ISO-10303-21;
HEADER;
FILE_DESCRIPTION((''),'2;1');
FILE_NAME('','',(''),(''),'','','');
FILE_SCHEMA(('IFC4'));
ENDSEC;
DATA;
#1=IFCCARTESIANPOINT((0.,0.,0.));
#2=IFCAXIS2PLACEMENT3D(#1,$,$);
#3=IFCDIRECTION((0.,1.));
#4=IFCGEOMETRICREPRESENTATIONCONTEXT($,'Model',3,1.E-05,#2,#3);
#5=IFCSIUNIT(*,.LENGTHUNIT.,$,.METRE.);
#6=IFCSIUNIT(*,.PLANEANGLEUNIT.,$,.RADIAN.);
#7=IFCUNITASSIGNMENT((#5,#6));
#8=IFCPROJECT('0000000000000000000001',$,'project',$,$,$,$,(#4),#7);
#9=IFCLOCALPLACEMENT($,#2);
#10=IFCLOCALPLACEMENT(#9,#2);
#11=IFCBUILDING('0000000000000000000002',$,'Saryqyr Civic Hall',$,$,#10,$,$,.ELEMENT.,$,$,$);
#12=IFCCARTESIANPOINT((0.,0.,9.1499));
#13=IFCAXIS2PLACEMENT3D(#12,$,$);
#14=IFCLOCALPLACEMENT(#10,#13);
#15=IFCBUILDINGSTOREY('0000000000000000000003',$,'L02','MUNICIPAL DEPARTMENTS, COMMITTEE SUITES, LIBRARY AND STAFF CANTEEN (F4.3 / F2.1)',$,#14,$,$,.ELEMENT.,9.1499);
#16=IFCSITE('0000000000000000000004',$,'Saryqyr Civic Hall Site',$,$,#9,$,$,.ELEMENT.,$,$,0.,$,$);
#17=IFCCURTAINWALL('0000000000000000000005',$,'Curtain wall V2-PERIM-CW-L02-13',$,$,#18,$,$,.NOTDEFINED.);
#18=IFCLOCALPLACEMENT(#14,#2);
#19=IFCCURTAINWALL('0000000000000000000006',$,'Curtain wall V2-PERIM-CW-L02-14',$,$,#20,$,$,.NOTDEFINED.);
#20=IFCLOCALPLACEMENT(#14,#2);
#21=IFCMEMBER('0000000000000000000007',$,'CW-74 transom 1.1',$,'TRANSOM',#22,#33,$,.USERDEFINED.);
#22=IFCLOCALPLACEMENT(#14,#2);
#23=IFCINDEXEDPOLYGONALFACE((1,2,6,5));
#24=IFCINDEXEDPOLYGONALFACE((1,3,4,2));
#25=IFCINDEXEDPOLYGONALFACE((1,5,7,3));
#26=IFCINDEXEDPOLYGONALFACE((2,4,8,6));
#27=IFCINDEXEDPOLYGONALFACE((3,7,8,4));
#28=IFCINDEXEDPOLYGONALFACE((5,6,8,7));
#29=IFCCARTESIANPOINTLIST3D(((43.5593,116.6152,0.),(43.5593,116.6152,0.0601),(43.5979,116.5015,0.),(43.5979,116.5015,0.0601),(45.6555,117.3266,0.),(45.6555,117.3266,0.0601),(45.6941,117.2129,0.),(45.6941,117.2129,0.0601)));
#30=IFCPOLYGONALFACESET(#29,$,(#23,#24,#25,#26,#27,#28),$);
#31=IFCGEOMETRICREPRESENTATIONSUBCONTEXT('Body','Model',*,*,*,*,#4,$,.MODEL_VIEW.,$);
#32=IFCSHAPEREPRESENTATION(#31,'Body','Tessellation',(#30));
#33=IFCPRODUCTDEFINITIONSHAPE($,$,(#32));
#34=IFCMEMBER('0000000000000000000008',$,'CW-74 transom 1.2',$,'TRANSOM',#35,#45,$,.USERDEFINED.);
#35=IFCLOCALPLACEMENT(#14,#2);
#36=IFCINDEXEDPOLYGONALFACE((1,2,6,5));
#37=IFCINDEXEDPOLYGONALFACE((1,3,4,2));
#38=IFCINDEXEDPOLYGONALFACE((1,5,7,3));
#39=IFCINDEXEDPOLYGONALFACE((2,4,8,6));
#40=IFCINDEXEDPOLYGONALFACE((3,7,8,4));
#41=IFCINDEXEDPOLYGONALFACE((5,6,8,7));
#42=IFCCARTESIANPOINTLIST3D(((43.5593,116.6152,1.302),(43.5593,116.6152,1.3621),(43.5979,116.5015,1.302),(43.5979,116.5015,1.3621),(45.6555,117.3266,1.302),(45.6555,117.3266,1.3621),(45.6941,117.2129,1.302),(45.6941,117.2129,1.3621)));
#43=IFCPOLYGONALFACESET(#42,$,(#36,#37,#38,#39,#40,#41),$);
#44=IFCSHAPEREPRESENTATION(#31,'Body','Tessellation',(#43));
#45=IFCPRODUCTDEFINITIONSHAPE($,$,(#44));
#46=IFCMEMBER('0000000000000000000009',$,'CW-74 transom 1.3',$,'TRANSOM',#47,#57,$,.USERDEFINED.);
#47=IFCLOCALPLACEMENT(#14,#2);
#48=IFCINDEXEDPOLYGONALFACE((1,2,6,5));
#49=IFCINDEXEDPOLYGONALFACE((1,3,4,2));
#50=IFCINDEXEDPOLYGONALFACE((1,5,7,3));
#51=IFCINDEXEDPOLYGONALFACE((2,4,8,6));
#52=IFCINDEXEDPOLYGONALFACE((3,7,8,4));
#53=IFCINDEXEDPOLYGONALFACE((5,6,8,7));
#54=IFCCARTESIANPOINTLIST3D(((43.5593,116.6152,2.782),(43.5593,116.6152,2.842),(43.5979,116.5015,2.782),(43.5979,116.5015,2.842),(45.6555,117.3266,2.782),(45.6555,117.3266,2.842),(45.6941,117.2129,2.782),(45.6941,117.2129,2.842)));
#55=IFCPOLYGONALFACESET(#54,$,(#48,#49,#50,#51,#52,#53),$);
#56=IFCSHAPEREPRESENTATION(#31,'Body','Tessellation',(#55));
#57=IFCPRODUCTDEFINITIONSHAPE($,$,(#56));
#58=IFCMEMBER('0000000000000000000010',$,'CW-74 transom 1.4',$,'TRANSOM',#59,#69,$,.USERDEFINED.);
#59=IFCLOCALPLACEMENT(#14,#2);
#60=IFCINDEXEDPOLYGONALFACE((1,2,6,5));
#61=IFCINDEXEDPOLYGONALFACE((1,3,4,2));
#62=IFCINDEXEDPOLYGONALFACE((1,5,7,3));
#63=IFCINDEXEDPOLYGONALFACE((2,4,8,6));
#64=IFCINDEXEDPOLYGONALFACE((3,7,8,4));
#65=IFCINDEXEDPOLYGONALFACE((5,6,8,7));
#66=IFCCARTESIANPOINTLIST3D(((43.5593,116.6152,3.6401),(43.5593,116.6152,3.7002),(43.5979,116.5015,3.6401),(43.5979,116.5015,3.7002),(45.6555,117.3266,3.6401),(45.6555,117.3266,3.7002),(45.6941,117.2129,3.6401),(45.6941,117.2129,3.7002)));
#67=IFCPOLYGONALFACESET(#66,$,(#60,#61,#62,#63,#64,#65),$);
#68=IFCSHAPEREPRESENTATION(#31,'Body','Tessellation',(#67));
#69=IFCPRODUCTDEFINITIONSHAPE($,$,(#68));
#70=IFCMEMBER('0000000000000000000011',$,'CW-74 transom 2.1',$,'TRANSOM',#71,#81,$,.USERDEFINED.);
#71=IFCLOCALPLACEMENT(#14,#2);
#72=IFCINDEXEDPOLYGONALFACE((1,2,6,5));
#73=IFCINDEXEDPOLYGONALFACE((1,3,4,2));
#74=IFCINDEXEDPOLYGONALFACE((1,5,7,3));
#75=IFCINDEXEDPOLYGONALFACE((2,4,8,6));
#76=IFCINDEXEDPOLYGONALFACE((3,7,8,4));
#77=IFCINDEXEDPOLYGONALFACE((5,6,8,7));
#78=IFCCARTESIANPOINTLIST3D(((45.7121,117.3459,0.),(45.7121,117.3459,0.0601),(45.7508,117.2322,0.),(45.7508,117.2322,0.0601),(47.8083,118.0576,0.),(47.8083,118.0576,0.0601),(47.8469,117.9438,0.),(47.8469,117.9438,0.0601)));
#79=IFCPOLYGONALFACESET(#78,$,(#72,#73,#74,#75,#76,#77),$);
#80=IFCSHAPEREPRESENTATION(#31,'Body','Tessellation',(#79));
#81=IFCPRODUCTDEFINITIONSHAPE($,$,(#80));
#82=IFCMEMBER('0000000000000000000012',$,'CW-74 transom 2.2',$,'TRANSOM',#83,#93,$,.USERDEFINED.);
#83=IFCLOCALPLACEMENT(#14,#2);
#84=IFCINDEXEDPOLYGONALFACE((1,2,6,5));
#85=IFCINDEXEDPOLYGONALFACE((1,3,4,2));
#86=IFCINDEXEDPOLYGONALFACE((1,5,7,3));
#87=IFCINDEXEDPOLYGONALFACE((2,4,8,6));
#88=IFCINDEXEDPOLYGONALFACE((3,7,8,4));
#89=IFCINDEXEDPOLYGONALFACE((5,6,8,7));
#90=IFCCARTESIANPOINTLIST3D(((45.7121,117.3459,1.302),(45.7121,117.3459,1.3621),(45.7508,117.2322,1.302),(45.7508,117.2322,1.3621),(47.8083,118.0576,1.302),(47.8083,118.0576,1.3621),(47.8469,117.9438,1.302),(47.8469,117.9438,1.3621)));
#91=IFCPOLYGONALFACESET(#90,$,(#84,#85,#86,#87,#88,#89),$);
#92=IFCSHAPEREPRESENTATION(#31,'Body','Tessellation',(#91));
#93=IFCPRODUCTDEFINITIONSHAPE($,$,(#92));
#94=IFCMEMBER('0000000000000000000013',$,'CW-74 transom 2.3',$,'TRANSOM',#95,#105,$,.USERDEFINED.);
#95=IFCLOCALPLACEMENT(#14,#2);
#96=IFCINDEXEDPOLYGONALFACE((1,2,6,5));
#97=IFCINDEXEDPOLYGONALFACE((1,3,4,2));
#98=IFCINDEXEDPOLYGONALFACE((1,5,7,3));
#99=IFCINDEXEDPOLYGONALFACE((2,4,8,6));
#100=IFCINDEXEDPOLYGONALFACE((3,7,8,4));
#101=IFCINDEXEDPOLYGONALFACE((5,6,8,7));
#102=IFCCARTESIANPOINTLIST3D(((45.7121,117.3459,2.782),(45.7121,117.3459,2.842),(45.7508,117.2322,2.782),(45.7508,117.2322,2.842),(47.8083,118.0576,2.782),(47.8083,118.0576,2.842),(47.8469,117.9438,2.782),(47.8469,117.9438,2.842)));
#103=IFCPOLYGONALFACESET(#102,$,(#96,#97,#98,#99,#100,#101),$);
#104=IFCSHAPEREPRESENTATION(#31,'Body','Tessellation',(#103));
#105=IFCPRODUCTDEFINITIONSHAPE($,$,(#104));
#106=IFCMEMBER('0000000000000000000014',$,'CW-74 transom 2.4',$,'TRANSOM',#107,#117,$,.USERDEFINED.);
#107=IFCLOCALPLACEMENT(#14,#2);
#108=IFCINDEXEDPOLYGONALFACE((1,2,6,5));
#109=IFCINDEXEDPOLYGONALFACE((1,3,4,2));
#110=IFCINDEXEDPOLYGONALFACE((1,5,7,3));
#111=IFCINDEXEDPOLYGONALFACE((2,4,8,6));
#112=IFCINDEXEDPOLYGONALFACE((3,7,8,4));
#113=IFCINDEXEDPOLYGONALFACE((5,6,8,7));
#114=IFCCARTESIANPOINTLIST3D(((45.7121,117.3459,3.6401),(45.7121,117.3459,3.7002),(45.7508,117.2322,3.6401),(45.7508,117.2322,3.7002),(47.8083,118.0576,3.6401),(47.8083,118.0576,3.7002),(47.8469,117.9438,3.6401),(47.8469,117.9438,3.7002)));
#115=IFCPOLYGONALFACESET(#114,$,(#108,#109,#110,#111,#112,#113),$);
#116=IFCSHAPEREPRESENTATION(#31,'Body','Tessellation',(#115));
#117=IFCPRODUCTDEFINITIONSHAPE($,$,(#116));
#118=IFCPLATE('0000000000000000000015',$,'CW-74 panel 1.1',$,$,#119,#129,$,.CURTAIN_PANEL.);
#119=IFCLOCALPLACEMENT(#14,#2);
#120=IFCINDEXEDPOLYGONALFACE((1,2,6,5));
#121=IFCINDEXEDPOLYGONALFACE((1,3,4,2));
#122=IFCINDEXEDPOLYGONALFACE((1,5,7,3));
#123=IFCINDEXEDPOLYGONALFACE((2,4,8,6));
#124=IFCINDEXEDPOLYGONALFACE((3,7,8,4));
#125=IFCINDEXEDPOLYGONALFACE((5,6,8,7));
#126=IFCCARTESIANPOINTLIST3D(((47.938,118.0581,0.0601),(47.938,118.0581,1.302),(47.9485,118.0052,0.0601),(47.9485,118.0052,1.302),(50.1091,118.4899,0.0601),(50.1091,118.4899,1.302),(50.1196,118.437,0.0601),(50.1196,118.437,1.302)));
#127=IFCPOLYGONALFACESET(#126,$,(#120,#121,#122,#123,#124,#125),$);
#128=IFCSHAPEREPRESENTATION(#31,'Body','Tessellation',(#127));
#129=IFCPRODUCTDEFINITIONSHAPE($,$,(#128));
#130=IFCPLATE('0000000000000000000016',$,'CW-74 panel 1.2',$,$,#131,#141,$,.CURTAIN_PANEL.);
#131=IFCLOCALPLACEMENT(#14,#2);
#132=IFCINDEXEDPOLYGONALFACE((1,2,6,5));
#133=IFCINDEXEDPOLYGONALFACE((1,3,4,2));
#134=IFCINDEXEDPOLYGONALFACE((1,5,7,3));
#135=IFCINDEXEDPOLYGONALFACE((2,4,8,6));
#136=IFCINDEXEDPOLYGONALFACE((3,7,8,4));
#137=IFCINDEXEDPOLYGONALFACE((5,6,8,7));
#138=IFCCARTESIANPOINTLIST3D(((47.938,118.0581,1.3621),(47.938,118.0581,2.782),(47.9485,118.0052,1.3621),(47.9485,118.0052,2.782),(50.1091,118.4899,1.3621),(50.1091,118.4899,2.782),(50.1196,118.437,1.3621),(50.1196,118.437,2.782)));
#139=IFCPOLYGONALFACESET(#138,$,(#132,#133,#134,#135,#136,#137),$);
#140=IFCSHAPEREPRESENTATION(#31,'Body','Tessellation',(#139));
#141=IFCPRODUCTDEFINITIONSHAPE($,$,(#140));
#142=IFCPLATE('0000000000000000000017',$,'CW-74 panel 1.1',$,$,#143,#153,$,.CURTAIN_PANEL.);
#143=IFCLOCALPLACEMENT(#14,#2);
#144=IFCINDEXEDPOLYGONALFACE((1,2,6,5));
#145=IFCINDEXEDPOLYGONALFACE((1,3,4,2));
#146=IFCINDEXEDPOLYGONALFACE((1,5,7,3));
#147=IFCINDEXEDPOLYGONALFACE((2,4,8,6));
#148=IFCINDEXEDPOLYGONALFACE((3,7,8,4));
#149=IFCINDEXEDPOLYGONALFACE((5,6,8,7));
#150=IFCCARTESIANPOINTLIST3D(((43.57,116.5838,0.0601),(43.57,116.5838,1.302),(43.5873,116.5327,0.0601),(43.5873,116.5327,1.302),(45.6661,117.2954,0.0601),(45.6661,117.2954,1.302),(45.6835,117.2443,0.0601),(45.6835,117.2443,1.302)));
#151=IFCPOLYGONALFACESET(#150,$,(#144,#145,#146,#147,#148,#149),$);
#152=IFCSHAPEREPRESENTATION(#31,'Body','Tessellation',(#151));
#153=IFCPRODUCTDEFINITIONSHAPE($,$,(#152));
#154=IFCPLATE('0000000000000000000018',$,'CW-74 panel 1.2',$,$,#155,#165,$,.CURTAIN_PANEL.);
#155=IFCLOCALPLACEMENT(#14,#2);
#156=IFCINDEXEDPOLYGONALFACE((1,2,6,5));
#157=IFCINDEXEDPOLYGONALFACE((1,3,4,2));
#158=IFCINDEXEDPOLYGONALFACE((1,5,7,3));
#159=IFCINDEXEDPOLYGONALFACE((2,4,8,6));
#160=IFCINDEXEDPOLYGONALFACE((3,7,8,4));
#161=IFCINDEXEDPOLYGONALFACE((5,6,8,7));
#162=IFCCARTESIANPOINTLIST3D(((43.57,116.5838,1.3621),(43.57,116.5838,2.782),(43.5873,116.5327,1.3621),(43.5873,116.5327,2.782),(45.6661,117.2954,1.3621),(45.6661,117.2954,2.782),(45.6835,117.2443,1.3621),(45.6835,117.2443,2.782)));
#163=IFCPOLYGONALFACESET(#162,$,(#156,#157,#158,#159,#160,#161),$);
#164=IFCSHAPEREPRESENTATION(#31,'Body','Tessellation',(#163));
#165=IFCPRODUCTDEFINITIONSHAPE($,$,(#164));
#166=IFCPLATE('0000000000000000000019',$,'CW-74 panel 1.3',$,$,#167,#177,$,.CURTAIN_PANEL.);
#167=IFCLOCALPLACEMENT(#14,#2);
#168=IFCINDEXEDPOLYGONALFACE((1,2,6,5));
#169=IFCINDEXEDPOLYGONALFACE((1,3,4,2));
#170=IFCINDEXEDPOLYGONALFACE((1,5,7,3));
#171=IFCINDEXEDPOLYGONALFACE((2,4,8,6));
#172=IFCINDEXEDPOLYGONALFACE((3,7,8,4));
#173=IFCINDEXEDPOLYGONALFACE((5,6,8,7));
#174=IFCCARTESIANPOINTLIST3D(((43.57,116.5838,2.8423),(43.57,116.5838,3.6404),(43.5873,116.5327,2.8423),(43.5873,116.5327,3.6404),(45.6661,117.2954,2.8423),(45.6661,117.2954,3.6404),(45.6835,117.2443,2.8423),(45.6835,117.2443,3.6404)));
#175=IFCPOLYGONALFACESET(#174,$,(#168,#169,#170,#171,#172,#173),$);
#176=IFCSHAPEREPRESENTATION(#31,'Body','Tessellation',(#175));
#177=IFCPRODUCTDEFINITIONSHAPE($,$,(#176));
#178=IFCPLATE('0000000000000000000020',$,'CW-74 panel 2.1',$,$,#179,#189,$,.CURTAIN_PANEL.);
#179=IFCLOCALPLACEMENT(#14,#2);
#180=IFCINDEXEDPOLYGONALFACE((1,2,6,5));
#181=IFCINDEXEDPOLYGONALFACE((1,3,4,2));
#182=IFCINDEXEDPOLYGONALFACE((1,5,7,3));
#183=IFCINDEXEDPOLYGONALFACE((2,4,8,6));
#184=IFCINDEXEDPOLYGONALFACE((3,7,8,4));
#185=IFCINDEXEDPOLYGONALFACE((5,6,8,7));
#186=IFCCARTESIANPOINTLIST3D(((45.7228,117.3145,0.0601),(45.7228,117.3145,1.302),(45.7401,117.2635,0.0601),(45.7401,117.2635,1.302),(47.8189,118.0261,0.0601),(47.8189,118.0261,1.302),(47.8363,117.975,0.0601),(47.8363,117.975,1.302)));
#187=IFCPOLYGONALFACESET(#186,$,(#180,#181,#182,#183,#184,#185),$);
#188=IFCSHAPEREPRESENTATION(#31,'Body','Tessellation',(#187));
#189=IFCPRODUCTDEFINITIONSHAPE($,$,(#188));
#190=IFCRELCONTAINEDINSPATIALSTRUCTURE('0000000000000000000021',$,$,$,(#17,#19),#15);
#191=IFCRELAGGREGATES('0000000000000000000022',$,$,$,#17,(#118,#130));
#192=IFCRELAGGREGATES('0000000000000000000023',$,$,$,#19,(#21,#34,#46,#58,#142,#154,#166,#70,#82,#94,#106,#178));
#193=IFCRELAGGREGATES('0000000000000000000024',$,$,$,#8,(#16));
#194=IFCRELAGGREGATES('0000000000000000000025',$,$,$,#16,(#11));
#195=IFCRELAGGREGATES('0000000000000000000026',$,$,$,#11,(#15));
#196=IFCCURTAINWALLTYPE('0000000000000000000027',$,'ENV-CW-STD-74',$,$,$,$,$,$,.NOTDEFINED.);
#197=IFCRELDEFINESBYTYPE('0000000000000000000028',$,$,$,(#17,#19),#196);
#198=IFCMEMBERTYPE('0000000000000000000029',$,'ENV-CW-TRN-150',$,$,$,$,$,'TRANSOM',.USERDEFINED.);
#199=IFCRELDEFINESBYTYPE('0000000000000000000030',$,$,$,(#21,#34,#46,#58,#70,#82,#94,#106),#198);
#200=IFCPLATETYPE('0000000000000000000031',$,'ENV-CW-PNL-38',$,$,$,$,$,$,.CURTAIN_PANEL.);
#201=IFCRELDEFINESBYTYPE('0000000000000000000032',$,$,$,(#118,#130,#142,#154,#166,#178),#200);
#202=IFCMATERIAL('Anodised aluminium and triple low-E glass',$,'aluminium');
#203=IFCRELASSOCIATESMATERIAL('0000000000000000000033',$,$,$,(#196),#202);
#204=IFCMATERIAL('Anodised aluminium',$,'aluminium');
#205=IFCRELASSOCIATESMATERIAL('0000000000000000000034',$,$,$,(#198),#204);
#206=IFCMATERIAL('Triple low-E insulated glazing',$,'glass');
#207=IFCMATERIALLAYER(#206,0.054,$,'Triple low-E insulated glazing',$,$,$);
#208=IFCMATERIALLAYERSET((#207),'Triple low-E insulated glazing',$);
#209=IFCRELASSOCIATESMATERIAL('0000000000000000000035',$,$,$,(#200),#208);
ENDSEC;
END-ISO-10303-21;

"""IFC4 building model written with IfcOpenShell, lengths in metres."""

from ifc_helpers import new_model, si_unit, direction, frame, origin, origin_2d, place, context, subcontext, project, spatial, rectangle, extrude, material, layer, layer_set, material_profile, profile_set, type_object, element, aggregate, save


model = new_model("IFC4")

# Units and contexts
model_context = context("Model", 3, precision=1e-05, world=origin(), true_north=direction((0.0, 1.0)))
body_context = subcontext(model_context, "Body", "Model", "MODEL_VIEW")
ifc_project = project(units=[si_unit("LENGTHUNIT", "METRE"), si_unit("PLANEANGLEUNIT", "RADIAN")], contexts=[model_context])

# Site, building, storey
site_placement = place(None, origin())
site = spatial("IfcSite", under=ifc_project, at=site_placement, Name="Saryqyr Civic Hall Site", CompositionType="ELEMENT", RefElevation=0.0)
building_placement = place(site_placement, origin())
building = spatial("IfcBuilding", under=site, at=building_placement, Name="Saryqyr Civic Hall", CompositionType="ELEMENT")
storey_placement = place(building_placement, frame((0.0, 0.0, 9.1499)))
storey = spatial("IfcBuildingStorey", under=building, at=storey_placement, Name="L02", Description="MUNICIPAL DEPARTMENTS, COMMITTEE SUITES, LIBRARY AND STAFF CANTEEN (F4.3 / F2.1)", CompositionType="ELEMENT", Elevation=9.1499)

# Curtain wall
ifc_material_1 = material(Name="Anodised aluminium and triple low-E glass", Category="aluminium")
ifc_material_2 = material(Name="Anodised aluminium", Category="aluminium")
curtain_wall_type_1 = type_object("IfcCurtainWallType", Name="ENV-CW-STD-74", PredefinedType="NOTDEFINED", material=ifc_material_1)
curtain_wall_1_placement = place(storey_placement, origin())
curtain_wall_1 = element("IfcCurtainWall", 1, at=curtain_wall_1_placement, inside=storey, type_object=curtain_wall_type_1, Name="Curtain wall V2-PERIM-CW-L02-13", PredefinedType="NOTDEFINED")

# Curtain wall
curtain_wall_2_placement = place(storey_placement, origin())
curtain_wall_2 = element("IfcCurtainWall", 2, at=curtain_wall_2_placement, inside=storey, type_object=curtain_wall_type_1, Name="Curtain wall V2-PERIM-CW-L02-14", PredefinedType="NOTDEFINED")

# Members
ifc_material_profile_1 = material_profile(ifc_material_2, rectangle(XDim=0.1201, YDim=0.0601, at=origin_2d()), Name="ALU TRANSOM 120x60")
ifc_profile_set_1 = profile_set([ifc_material_profile_1], Name="Anodised aluminium")
member_type_1 = type_object("IfcMemberType", Name="ENV-CW-TRN-150", ElementType="TRANSOM", PredefinedType="USERDEFINED", material=ifc_profile_set_1)
member_1_placement = place(storey_placement, frame((43.5786, 116.5583, 0.03), z_axis=(0.946949, 0.321385, 0.0), x_axis=(-0.321385, 0.946949, 0.0)))
member_1 = element("IfcMember", 3, at=member_1_placement, type_object=member_type_1, Name="CW-74 transom 1.1", ObjectType="TRANSOM", PredefinedType="USERDEFINED", context=body_context, shape_type="SweptSolid", body=[
    extrude(rectangle(XDim=0.1201, YDim=0.0601, at=origin_2d()), origin(), (0.0, 0.0, 1.0), 2.2136),
])
member_2_placement = place(storey_placement, frame((43.5786, 116.5583, 1.332), z_axis=(0.946949, 0.321385, 0.0), x_axis=(-0.321385, 0.946949, 0.0)))
member_2 = element("IfcMember", 4, at=member_2_placement, type_object=member_type_1, Name="CW-74 transom 1.2", ObjectType="TRANSOM", PredefinedType="USERDEFINED", context=body_context, shape_type="SweptSolid", body=[
    extrude(rectangle(XDim=0.1201, YDim=0.0601, at=origin_2d()), origin(), (0.0, 0.0, 1.0), 2.2136),
])
member_3_placement = place(storey_placement, frame((43.5786, 116.5583, 2.812), z_axis=(0.946949, 0.321385, 0.0), x_axis=(-0.321385, 0.946949, 0.0)))
member_3 = element("IfcMember", 5, at=member_3_placement, type_object=member_type_1, Name="CW-74 transom 1.3", ObjectType="TRANSOM", PredefinedType="USERDEFINED", context=body_context, shape_type="SweptSolid", body=[
    extrude(rectangle(XDim=0.1201, YDim=0.0601, at=origin_2d()), origin(), (0.0, 0.0, 1.0), 2.2136),
])
member_4_placement = place(storey_placement, frame((43.5786, 116.5583, 3.6702), z_axis=(0.946949, 0.321385, 0.0), x_axis=(-0.321385, 0.946949, 0.0)))
member_4 = element("IfcMember", 6, at=member_4_placement, type_object=member_type_1, Name="CW-74 transom 1.4", ObjectType="TRANSOM", PredefinedType="USERDEFINED", context=body_context, shape_type="SweptSolid", body=[
    extrude(rectangle(XDim=0.1201, YDim=0.0601, at=origin_2d()), origin(), (0.0, 0.0, 1.0), 2.2136),
])
member_5_placement = place(storey_placement, frame((45.7314, 117.2891, 0.03), z_axis=(0.946915, 0.321484, 0.0), x_axis=(-0.321484, 0.946915, 0.0)))
member_5 = element("IfcMember", 7, at=member_5_placement, type_object=member_type_1, Name="CW-74 transom 2.1", ObjectType="TRANSOM", PredefinedType="USERDEFINED", context=body_context, shape_type="SweptSolid", body=[
    extrude(rectangle(XDim=0.1201, YDim=0.0601, at=origin_2d()), origin(), (0.0, 0.0, 1.0), 2.2136),
])
member_6_placement = place(storey_placement, frame((45.7314, 117.2891, 1.332), z_axis=(0.946915, 0.321484, 0.0), x_axis=(-0.321484, 0.946915, 0.0)))
member_6 = element("IfcMember", 8, at=member_6_placement, type_object=member_type_1, Name="CW-74 transom 2.2", ObjectType="TRANSOM", PredefinedType="USERDEFINED", context=body_context, shape_type="SweptSolid", body=[
    extrude(rectangle(XDim=0.1201, YDim=0.0601, at=origin_2d()), origin(), (0.0, 0.0, 1.0), 2.2136),
])
member_7_placement = place(storey_placement, frame((45.7314, 117.2891, 2.812), z_axis=(0.946915, 0.321484, 0.0), x_axis=(-0.321484, 0.946915, 0.0)))
member_7 = element("IfcMember", 9, at=member_7_placement, type_object=member_type_1, Name="CW-74 transom 2.3", ObjectType="TRANSOM", PredefinedType="USERDEFINED", context=body_context, shape_type="SweptSolid", body=[
    extrude(rectangle(XDim=0.1201, YDim=0.0601, at=origin_2d()), origin(), (0.0, 0.0, 1.0), 2.2136),
])
member_8_placement = place(storey_placement, frame((45.7314, 117.2891, 3.6702), z_axis=(0.946915, 0.321484, 0.0), x_axis=(-0.321484, 0.946915, 0.0)))
member_8 = element("IfcMember", 10, at=member_8_placement, type_object=member_type_1, Name="CW-74 transom 2.4", ObjectType="TRANSOM", PredefinedType="USERDEFINED", context=body_context, shape_type="SweptSolid", body=[
    extrude(rectangle(XDim=0.1201, YDim=0.0601, at=origin_2d()), origin(), (0.0, 0.0, 1.0), 2.2136),
])

# Plates
ifc_material_3 = material(Name="Triple low-E insulated glazing", Category="glass")
ifc_layer_1 = layer(ifc_material_3, 0.054, Name="Triple low-E insulated glazing")
ifc_layer_set_1 = layer_set([ifc_layer_1], Name="Triple low-E insulated glazing")
plate_type = type_object("IfcPlateType", Name="ENV-CW-PNL-38", PredefinedType="CURTAIN_PANEL", material=ifc_layer_set_1)
plate_1_placement = place(storey_placement, frame((49.0288, 118.2476, 0.0601), z_axis=(0.0, 0.0, 1.0), x_axis=(0.980785, 0.195093, 0.0)))
plate_1 = element("IfcPlate", 11, at=plate_1_placement, type_object=plate_type, Name="CW-74 panel 1.1", PredefinedType="CURTAIN_PANEL", context=body_context, shape_type="SweptSolid", body=[
    extrude(rectangle(XDim=2.2136, YDim=0.054, at=origin_2d()), origin(), (0.0, 0.0, 1.0), 1.2419),
])
plate_2_placement = place(storey_placement, frame((49.0288, 118.2476, 1.3621), z_axis=(0.0, 0.0, 1.0), x_axis=(0.980785, 0.195093, 0.0)))
plate_2 = element("IfcPlate", 12, at=plate_2_placement, type_object=plate_type, Name="CW-74 panel 1.2", PredefinedType="CURTAIN_PANEL", context=body_context, shape_type="SweptSolid", body=[
    extrude(rectangle(XDim=2.2136, YDim=0.054, at=origin_2d()), origin(), (0.0, 0.0, 1.0), 1.4199),
])
aggregate(curtain_wall_1, [plate_1, plate_2])
plate_3_placement = place(storey_placement, frame((44.6267, 116.9141, 0.0601), z_axis=(0.0, 0.0, 1.0), x_axis=(0.946928, 0.321445, 0.0)))
plate_3 = element("IfcPlate", 13, at=plate_3_placement, type_object=plate_type, Name="CW-74 panel 1.1", PredefinedType="CURTAIN_PANEL", context=body_context, shape_type="SweptSolid", body=[
    extrude(rectangle(XDim=2.2136, YDim=0.054, at=origin_2d()), origin(), (0.0, 0.0, 1.0), 1.2419),
])
plate_4_placement = place(storey_placement, frame((44.6267, 116.9141, 1.3621), z_axis=(0.0, 0.0, 1.0), x_axis=(0.946928, 0.321445, 0.0)))
plate_4 = element("IfcPlate", 14, at=plate_4_placement, type_object=plate_type, Name="CW-74 panel 1.2", PredefinedType="CURTAIN_PANEL", context=body_context, shape_type="SweptSolid", body=[
    extrude(rectangle(XDim=2.2136, YDim=0.054, at=origin_2d()), origin(), (0.0, 0.0, 1.0), 1.4199),
])
plate_5_placement = place(storey_placement, frame((44.6267, 116.9141, 2.8423), z_axis=(0.0, 0.0, 1.0), x_axis=(0.946928, 0.321445, 0.0)))
plate_5 = element("IfcPlate", 15, at=plate_5_placement, type_object=plate_type, Name="CW-74 panel 1.3", PredefinedType="CURTAIN_PANEL", context=body_context, shape_type="SweptSolid", body=[
    extrude(rectangle(XDim=2.2136, YDim=0.054, at=origin_2d()), origin(), (0.0, 0.0, 1.0), 0.7981),
])
plate_6_placement = place(storey_placement, frame((46.7795, 117.6448, 0.0601), z_axis=(0.0, 0.0, 1.0), x_axis=(0.946928, 0.321445, 0.0)))
plate_6 = element("IfcPlate", 16, at=plate_6_placement, type_object=plate_type, Name="CW-74 panel 2.1", PredefinedType="CURTAIN_PANEL", context=body_context, shape_type="SweptSolid", body=[
    extrude(rectangle(XDim=2.2136, YDim=0.054, at=origin_2d()), origin(), (0.0, 0.0, 1.0), 1.2419),
])
aggregate(curtain_wall_2, [member_1, member_2, member_3, member_4, plate_3, plate_4, plate_5, member_5, member_6, member_7, member_8, plate_6])

save(model, "model.ifc")
